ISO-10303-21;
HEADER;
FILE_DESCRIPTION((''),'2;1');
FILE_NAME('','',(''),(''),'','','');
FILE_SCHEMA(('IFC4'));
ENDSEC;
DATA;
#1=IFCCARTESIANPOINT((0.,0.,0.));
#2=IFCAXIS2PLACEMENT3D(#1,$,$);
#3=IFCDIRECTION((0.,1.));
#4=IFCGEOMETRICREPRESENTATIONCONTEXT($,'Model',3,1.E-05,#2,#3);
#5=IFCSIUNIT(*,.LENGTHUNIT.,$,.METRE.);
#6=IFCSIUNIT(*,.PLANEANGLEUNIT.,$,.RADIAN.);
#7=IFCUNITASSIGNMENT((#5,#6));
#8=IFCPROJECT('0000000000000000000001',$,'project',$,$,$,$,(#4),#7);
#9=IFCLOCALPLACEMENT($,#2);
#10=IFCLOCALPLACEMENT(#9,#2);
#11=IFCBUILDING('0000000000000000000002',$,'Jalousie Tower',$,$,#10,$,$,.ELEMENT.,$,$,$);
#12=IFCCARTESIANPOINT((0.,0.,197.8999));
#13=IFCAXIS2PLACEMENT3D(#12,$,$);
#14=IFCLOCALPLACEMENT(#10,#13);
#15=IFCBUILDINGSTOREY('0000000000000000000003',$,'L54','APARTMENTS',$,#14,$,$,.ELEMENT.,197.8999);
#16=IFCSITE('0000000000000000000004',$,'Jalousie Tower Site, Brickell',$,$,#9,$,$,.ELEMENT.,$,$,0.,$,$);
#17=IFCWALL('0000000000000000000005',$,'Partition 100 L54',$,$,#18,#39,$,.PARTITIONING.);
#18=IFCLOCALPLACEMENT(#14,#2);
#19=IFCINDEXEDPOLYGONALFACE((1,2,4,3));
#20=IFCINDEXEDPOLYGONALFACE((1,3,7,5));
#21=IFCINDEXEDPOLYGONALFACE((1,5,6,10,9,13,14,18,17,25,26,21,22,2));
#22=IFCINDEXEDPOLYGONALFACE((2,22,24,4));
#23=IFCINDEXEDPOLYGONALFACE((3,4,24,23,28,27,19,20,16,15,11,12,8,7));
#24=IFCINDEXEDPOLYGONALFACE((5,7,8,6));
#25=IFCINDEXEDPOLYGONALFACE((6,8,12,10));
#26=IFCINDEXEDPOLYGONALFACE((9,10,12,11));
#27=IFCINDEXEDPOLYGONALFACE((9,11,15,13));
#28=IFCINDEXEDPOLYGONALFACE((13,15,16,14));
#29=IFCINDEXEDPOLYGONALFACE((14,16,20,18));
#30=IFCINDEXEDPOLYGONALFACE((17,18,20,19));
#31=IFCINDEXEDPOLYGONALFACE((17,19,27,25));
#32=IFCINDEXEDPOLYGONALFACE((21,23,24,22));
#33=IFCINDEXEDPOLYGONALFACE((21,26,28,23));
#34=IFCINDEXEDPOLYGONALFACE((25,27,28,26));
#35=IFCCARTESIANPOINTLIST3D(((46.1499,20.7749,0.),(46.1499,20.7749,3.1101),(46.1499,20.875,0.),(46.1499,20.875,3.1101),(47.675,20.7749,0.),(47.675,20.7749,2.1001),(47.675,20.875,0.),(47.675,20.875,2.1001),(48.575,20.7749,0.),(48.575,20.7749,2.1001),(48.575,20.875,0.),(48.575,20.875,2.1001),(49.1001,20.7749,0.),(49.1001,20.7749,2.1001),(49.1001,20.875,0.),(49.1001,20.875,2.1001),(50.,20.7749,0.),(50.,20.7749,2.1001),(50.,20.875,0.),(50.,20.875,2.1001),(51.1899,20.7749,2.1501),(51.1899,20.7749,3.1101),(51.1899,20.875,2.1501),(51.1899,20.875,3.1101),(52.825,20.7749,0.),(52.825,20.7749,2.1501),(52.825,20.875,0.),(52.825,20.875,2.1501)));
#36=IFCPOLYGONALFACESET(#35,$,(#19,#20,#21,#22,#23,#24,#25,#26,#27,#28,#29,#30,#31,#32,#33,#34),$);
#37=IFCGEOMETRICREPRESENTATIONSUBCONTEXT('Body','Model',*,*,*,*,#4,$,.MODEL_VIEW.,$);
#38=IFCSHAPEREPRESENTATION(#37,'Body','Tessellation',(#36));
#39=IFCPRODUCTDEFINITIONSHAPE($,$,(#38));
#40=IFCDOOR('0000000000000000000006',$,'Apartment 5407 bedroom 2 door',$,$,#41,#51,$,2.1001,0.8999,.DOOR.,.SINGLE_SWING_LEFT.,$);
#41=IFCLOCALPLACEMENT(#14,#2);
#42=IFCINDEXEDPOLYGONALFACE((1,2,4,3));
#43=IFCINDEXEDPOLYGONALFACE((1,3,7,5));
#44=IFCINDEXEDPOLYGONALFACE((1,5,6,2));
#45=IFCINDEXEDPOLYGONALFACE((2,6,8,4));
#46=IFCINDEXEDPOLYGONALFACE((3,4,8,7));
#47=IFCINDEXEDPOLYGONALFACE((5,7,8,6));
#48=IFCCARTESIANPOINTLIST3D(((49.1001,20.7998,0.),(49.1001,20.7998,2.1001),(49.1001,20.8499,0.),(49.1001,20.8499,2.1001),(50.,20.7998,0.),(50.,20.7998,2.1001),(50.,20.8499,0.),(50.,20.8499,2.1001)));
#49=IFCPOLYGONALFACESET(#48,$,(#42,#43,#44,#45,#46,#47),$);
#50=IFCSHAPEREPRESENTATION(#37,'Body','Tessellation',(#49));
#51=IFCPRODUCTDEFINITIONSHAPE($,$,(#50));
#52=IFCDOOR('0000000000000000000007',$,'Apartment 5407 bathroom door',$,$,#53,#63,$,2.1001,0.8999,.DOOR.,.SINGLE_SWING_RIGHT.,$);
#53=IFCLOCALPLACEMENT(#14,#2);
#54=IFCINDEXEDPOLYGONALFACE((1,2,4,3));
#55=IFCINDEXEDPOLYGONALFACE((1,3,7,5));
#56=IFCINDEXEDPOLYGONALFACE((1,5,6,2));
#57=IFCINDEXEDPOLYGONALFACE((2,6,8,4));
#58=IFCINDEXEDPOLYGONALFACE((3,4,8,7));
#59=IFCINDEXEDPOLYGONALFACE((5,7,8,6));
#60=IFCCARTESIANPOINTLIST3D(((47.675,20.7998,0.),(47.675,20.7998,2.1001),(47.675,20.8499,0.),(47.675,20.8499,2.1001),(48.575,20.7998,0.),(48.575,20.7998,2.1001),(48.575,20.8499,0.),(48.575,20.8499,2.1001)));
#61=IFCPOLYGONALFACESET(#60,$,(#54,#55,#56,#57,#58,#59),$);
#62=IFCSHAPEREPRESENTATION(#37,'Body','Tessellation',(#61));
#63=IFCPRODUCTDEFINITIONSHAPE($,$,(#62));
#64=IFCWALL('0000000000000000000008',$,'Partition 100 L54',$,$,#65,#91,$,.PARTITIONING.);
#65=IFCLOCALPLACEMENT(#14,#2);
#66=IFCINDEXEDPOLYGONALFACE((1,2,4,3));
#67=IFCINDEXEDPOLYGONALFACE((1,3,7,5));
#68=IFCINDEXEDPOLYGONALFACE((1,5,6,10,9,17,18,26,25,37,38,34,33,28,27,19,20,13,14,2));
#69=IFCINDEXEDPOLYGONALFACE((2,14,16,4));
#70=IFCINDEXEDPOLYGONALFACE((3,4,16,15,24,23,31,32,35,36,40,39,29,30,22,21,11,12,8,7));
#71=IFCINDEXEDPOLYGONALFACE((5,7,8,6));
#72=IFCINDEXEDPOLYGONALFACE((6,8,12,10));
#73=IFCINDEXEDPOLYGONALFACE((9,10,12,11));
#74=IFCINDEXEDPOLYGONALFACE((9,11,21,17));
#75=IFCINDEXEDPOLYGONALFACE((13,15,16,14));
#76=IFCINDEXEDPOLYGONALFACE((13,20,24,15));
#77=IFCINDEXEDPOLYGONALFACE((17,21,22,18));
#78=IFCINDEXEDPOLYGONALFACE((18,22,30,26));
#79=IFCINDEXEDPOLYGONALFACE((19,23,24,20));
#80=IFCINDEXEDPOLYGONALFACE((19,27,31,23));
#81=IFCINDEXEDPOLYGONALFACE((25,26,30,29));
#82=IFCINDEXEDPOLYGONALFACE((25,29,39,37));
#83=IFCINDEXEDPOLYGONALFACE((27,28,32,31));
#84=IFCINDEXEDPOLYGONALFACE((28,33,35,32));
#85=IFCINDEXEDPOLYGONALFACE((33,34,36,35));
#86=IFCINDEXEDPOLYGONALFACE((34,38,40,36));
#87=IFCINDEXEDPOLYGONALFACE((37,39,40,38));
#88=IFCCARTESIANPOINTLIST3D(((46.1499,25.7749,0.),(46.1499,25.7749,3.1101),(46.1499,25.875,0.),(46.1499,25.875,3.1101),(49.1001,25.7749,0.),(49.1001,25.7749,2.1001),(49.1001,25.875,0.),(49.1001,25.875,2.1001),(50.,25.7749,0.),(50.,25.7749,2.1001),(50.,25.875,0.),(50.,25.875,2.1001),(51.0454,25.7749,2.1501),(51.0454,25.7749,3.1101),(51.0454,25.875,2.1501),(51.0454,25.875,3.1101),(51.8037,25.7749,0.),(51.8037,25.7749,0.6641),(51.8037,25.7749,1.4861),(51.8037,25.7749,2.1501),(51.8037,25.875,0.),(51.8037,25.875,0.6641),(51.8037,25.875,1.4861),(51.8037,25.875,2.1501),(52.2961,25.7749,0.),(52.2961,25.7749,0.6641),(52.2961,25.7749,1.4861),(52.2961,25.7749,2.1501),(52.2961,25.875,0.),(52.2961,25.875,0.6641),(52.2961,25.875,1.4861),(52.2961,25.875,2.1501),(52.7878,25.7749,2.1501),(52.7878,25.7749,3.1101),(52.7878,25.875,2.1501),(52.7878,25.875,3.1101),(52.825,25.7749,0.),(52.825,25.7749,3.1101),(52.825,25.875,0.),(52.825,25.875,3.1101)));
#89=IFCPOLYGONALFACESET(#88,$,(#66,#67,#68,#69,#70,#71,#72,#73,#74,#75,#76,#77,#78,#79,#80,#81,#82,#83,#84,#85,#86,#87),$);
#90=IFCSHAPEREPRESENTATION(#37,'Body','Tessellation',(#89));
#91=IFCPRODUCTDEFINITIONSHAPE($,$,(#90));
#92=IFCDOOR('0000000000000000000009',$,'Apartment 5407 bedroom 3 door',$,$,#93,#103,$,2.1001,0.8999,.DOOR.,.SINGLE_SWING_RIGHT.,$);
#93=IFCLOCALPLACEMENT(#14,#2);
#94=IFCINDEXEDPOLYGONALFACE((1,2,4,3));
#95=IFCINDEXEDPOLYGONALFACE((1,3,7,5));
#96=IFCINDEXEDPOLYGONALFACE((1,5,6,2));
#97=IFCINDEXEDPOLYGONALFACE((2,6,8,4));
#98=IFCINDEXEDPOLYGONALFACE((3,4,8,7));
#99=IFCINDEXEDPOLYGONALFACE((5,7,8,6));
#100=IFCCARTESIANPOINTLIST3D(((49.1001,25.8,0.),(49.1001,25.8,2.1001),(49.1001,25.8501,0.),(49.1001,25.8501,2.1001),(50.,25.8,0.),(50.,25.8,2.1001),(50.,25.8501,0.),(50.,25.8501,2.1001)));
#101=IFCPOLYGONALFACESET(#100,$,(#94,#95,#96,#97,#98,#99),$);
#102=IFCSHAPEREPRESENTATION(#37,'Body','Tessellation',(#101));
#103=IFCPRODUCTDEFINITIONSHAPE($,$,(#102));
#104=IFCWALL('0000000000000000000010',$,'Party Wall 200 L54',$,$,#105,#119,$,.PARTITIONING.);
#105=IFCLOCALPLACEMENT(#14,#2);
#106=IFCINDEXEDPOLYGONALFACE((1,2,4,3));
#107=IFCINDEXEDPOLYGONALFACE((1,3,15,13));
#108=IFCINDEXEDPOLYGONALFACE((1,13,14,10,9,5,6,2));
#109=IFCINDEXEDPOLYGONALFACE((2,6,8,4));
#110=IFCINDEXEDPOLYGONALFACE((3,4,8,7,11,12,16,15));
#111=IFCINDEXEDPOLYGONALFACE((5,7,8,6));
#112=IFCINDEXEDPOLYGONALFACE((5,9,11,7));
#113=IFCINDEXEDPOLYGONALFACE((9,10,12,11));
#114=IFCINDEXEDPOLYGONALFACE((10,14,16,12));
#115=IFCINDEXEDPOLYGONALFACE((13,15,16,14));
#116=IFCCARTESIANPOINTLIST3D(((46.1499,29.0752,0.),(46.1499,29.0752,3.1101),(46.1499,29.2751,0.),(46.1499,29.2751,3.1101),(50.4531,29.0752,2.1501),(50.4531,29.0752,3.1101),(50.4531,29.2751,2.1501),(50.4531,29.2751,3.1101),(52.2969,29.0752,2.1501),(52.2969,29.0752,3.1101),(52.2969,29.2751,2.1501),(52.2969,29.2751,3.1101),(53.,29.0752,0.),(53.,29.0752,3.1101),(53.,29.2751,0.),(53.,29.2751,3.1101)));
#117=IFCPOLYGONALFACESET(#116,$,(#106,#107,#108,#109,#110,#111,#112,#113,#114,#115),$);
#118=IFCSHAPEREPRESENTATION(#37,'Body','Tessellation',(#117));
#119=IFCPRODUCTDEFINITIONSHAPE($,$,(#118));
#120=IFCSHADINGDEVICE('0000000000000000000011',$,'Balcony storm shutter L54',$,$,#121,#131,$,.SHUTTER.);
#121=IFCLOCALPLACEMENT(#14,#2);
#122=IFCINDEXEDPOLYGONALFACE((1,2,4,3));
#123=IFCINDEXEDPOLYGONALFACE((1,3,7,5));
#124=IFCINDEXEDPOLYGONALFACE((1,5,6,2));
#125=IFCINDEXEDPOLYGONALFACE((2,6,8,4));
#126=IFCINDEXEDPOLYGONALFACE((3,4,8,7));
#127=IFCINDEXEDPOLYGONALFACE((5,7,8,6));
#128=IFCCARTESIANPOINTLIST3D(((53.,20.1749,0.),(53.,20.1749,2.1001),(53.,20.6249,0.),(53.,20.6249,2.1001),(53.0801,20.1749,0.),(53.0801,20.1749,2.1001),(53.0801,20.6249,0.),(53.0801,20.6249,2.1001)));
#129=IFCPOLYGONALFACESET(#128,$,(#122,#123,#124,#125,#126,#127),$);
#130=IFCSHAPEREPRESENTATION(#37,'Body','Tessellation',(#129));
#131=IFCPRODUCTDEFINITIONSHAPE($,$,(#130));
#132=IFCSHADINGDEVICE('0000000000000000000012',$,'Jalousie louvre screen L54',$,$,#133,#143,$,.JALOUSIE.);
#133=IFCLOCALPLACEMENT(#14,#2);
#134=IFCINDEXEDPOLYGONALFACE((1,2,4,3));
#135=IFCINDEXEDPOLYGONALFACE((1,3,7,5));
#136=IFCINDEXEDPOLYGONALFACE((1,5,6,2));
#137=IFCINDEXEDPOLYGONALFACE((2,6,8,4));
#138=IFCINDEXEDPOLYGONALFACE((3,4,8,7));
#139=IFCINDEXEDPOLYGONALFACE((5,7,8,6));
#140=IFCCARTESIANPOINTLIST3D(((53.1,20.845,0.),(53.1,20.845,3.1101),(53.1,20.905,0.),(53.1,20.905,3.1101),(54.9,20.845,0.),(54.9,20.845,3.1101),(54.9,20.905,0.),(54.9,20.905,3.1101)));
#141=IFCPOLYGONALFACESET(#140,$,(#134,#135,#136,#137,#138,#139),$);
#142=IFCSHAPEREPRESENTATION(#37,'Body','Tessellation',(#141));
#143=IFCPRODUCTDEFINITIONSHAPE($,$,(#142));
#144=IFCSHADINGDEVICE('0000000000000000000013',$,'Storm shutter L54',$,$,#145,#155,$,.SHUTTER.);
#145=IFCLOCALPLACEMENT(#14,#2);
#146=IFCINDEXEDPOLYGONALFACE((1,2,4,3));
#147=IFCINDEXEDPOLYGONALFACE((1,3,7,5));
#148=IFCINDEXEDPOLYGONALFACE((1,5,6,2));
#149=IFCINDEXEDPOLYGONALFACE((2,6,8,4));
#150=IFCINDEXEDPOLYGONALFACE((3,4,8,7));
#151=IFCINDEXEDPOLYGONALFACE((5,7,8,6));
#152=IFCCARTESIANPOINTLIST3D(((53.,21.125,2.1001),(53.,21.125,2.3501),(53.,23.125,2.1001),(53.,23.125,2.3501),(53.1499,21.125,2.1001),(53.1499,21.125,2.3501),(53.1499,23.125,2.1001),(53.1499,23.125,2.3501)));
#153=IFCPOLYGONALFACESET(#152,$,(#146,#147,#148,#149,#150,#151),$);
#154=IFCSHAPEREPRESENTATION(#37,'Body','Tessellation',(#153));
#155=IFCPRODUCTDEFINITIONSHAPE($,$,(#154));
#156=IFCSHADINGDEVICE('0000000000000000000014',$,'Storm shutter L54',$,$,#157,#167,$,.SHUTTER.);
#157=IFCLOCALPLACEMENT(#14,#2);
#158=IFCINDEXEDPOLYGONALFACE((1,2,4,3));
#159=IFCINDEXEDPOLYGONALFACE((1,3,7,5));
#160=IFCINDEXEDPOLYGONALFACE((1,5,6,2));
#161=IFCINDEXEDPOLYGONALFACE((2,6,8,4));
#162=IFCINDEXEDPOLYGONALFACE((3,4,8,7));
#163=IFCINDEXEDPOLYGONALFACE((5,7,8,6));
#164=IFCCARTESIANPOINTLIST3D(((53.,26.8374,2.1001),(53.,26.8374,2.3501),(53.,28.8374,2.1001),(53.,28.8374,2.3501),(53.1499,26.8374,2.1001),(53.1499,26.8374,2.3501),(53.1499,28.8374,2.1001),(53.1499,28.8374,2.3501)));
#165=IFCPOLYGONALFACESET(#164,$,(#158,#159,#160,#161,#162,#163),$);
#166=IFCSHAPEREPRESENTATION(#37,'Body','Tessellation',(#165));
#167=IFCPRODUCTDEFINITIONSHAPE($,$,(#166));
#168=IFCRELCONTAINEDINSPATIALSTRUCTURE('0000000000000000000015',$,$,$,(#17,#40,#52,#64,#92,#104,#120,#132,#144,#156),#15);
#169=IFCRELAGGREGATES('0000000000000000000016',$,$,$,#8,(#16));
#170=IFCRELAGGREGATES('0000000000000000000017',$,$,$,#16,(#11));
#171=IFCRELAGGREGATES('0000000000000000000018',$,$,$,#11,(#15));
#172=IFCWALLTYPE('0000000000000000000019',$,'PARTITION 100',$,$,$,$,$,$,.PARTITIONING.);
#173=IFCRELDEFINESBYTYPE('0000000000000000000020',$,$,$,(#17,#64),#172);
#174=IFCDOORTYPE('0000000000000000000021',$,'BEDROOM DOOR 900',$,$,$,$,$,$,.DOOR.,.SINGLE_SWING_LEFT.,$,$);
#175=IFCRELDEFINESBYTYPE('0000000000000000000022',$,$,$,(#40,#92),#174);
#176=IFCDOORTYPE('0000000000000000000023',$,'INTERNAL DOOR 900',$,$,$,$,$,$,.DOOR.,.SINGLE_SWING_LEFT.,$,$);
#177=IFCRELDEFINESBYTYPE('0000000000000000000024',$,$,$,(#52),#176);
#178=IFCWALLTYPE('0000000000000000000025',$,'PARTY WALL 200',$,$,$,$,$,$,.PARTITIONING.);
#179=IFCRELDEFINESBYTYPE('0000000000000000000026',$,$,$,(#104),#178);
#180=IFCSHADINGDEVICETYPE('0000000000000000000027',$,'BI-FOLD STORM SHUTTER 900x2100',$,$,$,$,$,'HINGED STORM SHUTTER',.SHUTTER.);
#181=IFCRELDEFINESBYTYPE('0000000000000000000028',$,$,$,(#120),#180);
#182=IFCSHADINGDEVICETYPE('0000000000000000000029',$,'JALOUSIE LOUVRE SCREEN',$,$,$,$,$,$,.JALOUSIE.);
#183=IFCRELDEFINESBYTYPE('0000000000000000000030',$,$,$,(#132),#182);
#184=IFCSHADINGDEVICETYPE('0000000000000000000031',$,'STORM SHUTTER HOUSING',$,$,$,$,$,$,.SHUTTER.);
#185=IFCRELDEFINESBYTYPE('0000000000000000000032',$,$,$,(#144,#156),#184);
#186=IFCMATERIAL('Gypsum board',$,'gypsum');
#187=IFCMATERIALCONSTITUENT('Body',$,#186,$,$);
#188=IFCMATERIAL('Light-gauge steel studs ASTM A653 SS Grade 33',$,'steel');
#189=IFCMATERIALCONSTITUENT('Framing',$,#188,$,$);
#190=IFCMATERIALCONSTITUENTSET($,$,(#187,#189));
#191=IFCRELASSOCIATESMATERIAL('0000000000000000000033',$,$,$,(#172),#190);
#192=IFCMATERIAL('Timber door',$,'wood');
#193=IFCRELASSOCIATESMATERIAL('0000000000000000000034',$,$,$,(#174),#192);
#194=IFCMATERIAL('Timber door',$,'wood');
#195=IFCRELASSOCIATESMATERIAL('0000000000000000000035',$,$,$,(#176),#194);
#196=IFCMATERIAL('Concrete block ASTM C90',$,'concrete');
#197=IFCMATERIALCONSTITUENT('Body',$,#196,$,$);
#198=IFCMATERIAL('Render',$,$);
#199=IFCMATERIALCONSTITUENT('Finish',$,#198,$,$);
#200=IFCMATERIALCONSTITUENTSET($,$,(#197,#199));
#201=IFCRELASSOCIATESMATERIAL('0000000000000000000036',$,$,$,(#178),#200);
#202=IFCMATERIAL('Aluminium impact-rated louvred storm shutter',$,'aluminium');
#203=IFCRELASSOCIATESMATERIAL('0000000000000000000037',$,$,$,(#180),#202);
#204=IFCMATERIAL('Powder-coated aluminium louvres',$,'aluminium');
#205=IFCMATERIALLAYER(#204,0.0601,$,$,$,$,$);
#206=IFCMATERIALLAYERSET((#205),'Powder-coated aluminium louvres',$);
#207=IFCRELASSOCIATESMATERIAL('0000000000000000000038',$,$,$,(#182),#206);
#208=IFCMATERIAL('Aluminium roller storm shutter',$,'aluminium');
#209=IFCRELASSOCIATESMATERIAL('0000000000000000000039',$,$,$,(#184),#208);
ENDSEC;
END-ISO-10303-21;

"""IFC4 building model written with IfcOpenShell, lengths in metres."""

from ifc_helpers import new_model, si_unit, direction, frame, frame_2d, origin, origin_2d, place, context, subcontext, project, spatial, polyline, rectangle, outline, extrude, material, layer, layer_set, constituent, constituent_set, type_object, element, fill, save


model = new_model("IFC4")

# Units and contexts
model_context = context("Model", 3, precision=1e-05, world=origin(), true_north=direction((0.0, 1.0)))
body_context = subcontext(model_context, "Body", "Model", "MODEL_VIEW")
ifc_project = project(units=[si_unit("LENGTHUNIT", "METRE"), si_unit("PLANEANGLEUNIT", "RADIAN")], contexts=[model_context])

# Site, building, storey
site_placement = place(None, origin())
site = spatial("IfcSite", under=ifc_project, at=site_placement, Name="Jalousie Tower Site, Brickell", CompositionType="ELEMENT", RefElevation=0.0)
building_placement = place(site_placement, origin())
building = spatial("IfcBuilding", under=site, at=building_placement, Name="Jalousie Tower", CompositionType="ELEMENT")
storey_placement = place(building_placement, frame((0.0, 0.0, 197.8999)))
storey = spatial("IfcBuildingStorey", under=building, at=storey_placement, Name="L54", Description="APARTMENTS", CompositionType="ELEMENT", Elevation=197.8999)

# Wall, openings, doors
ifc_material_1 = material(Name="Gypsum board", Category="gypsum")
ifc_constituent_1 = constituent(ifc_material_1, Name="Body")
ifc_material_2 = material(Name="Light-gauge steel studs ASTM A653 SS Grade 33", Category="steel")
ifc_constituent_2 = constituent(ifc_material_2, Name="Framing")
ifc_constituent_set_1 = constituent_set(constituents=[ifc_constituent_1, ifc_constituent_2])
wall_type_1 = type_object("IfcWallType", Name="PARTITION 100", PredefinedType="PARTITIONING", material=ifc_constituent_set_1)
wall_1_placement = place(storey_placement, frame((52.825, 20.825, 0.0), z_axis=(0.0, 0.0, 1.0), x_axis=(-1.0, 0.0, 0.0)))
wall_1 = element("IfcWall", 1, at=wall_1_placement, inside=storey, type_object=wall_type_1, Name="Partition 100 L54", PredefinedType="PARTITIONING", context=body_context, shape_type="SweptSolid", body=[
    extrude(outline(polyline([(0.0, 0.0), (6.675, 0.0), (6.675, 3.1101), (1.635, 3.1101), (1.635, 2.1501), (0.0, 2.1501), (0.0, 3.1101), (0.0, 0.0)])), frame((0.0, 0.05, 0.0), z_axis=(0.0, -1.0, 0.0), x_axis=(1.0, 0.0, 0.0)), (0.0, 0.0, 1.0), 0.1001),
])
opening_1_placement = place(wall_1_placement, frame((2.825, 0.0, 0.0)))
opening_1 = element("IfcOpeningElement", 2, at=opening_1_placement, cuts=wall_1, PredefinedType="OPENING", context=body_context, shape_type="SweptSolid", body=[
    extrude(rectangle(XDim=0.8999, YDim=2.1001, at=frame_2d((0.45, 1.05))), frame((0.0, 0.0601, 0.0), z_axis=(0.0, -1.0, 0.0), x_axis=(1.0, 0.0, 0.0)), (0.0, 0.0, 1.0), 0.1201),
])
opening_2_placement = place(wall_1_placement, frame((4.25, 0.0, 0.0)))
opening_2 = element("IfcOpeningElement", 3, at=opening_2_placement, cuts=wall_1, PredefinedType="OPENING", context=body_context, shape_type="SweptSolid", body=[
    extrude(rectangle(XDim=0.8999, YDim=2.1001, at=frame_2d((0.45, 1.05))), frame((0.0, 0.0601, 0.0), z_axis=(0.0, -1.0, 0.0), x_axis=(1.0, 0.0, 0.0)), (0.0, 0.0, 1.0), 0.1201),
])
ifc_material_3 = material(Name="Timber door", Category="wood")
door_type_1 = type_object("IfcDoorType", Name="BEDROOM DOOR 900", OperationType="SINGLE_SWING_LEFT", PredefinedType="DOOR", material=ifc_material_3)
door_1_placement = place(opening_1_placement, frame((0.8999, 0.0, 0.0), z_axis=(0.0, 0.0, 1.0), x_axis=(-1.0, 0.0, 0.0)))
door_1 = element("IfcDoor", 4, at=door_1_placement, inside=storey, type_object=door_type_1, Name="Apartment 5407 bedroom 2 door", OperationType="SINGLE_SWING_LEFT", OverallHeight=2.1001, OverallWidth=0.8999, PredefinedType="DOOR", context=body_context, shape_type="SweptSolid", body=[
    extrude(rectangle(XDim=0.8999, YDim=2.1001, at=frame_2d((0.45, 1.05))), frame((0.0, 0.0249, 0.0), z_axis=(0.0, -1.0, 0.0), x_axis=(1.0, 0.0, 0.0)), (0.0, 0.0, 1.0), 0.05),
])
fill(opening_1, door_1)
ifc_material_4 = material(Name="Timber door", Category="wood")
door_type_2 = type_object("IfcDoorType", Name="INTERNAL DOOR 900", OperationType="SINGLE_SWING_LEFT", PredefinedType="DOOR", material=ifc_material_4)
door_2_placement = place(opening_2_placement, frame((0.8999, 0.0, 0.0), z_axis=(0.0, 0.0, 1.0), x_axis=(-1.0, 0.0, 0.0)))
door_2 = element("IfcDoor", 5, at=door_2_placement, inside=storey, type_object=door_type_2, Name="Apartment 5407 bathroom door", OperationType="SINGLE_SWING_RIGHT", OverallHeight=2.1001, OverallWidth=0.8999, PredefinedType="DOOR", context=body_context, shape_type="SweptSolid", body=[
    extrude(rectangle(XDim=0.8999, YDim=2.1001, at=frame_2d((0.45, 1.05))), frame((0.0, 0.0249, 0.0), z_axis=(0.0, -1.0, 0.0), x_axis=(1.0, 0.0, 0.0)), (0.0, 0.0, 1.0), 0.05),
])
fill(opening_2, door_2)

# Wall, opening, door
wall_2_placement = place(storey_placement, frame((52.825, 25.825, 0.0), z_axis=(0.0, 0.0, 1.0), x_axis=(-1.0, 0.0, 0.0)))
wall_2 = element("IfcWall", 6, at=wall_2_placement, inside=storey, type_object=wall_type_1, Name="Partition 100 L54", PredefinedType="PARTITIONING", context=body_context, shape_type="SweptSolid", body=[
    extrude(outline(polyline([(0.0371, 3.1101), (0.0, 3.1101), (0.0, 0.0), (0.5288, 0.0), (0.5288, 0.6641), (1.0212, 0.6641), (1.0212, 0.0), (6.675, 0.0), (6.675, 3.1101), (1.7795, 3.1101), (1.7795, 2.1501), (1.0212, 2.1501), (1.0212, 1.4861), (0.5288, 1.4861), (0.5288, 2.1501), (0.0371, 2.1501), (0.0371, 3.1101)])), frame((0.0, 0.05, 0.0), z_axis=(0.0, -1.0, 0.0), x_axis=(1.0, 0.0, 0.0)), (0.0, 0.0, 1.0), 0.1001),
])
opening_3_placement = place(wall_2_placement, frame((2.825, 0.0, 0.0)))
opening_3 = element("IfcOpeningElement", 7, at=opening_3_placement, cuts=wall_2, PredefinedType="OPENING", context=body_context, shape_type="SweptSolid", body=[
    extrude(rectangle(XDim=0.8999, YDim=2.1001, at=frame_2d((0.45, 1.05))), frame((0.0, 0.0601, 0.0), z_axis=(0.0, -1.0, 0.0), x_axis=(1.0, 0.0, 0.0)), (0.0, 0.0, 1.0), 0.1201),
])
door_3_placement = place(opening_3_placement, origin())
door_3 = element("IfcDoor", 8, at=door_3_placement, inside=storey, type_object=door_type_1, Name="Apartment 5407 bedroom 3 door", OperationType="SINGLE_SWING_RIGHT", OverallHeight=2.1001, OverallWidth=0.8999, PredefinedType="DOOR", context=body_context, shape_type="SweptSolid", body=[
    extrude(rectangle(XDim=0.8999, YDim=2.1001, at=frame_2d((0.45, 1.05))), frame((0.0, 0.0249, 0.0), z_axis=(0.0, -1.0, 0.0), x_axis=(1.0, 0.0, 0.0)), (0.0, 0.0, 1.0), 0.05),
])
fill(opening_3, door_3)

# Wall
ifc_material_5 = material(Name="Concrete block ASTM C90", Category="concrete")
ifc_constituent_3 = constituent(ifc_material_5, Name="Body")
ifc_material_6 = material(Name="Render")
ifc_constituent_4 = constituent(ifc_material_6, Name="Finish")
ifc_constituent_set_2 = constituent_set(constituents=[ifc_constituent_3, ifc_constituent_4])
wall_type_2 = type_object("IfcWallType", Name="PARTY WALL 200", PredefinedType="PARTITIONING", material=ifc_constituent_set_2)
wall_3_placement = place(storey_placement, frame((46.1499, 29.175, 0.0), z_axis=(0.0, 0.0, 1.0), x_axis=(1.0, 0.0, 0.0)))
element("IfcWall", 9, at=wall_3_placement, inside=storey, type_object=wall_type_2, Name="Party Wall 200 L54", PredefinedType="PARTITIONING", context=body_context, shape_type="SweptSolid", body=[
    extrude(outline(polyline([(0.0, 0.0), (6.8501, 0.0), (6.8501, 3.1101), (6.147, 3.1101), (6.147, 2.1501), (4.3032, 2.1501), (4.3032, 3.1101), (0.0, 3.1101), (0.0, 0.0)])), frame((0.0, 0.1001, 0.0), z_axis=(0.0, -1.0, 0.0), x_axis=(1.0, 0.0, 0.0)), (0.0, 0.0, 1.0), 0.2),
])

# Shading devices
ifc_material_7 = material(Name="Aluminium impact-rated louvred storm shutter", Category="aluminium")
shading_device_type_1 = type_object("IfcShadingDeviceType", Name="BI-FOLD STORM SHUTTER 900x2100", ElementType="HINGED STORM SHUTTER", PredefinedType="SHUTTER", material=ifc_material_7)
shading_device_1_placement = place(storey_placement, frame((53.04, 20.3999, 0.0), z_axis=(0.0, 0.0, 1.0), x_axis=(0.0, 1.0, 0.0)))
element("IfcShadingDevice", 10, at=shading_device_1_placement, inside=storey, type_object=shading_device_type_1, Name="Balcony storm shutter L54", PredefinedType="SHUTTER", context=body_context, shape_type="SweptSolid", body=[
    extrude(rectangle(XDim=0.45, YDim=0.0801, at=origin_2d()), origin(), (0.0, 0.0, 1.0), 2.1001),
])
ifc_material_8 = material(Name="Powder-coated aluminium louvres", Category="aluminium")
ifc_layer_1 = layer(ifc_material_8, 0.0601)
ifc_layer_set_1 = layer_set([ifc_layer_1], Name="Powder-coated aluminium louvres")
shading_device_type_2 = type_object("IfcShadingDeviceType", Name="JALOUSIE LOUVRE SCREEN", PredefinedType="JALOUSIE", material=ifc_layer_set_1)
shading_device_2_placement = place(storey_placement, frame((54.0, 20.875, 0.0), z_axis=(0.0, 0.0, 1.0), x_axis=(0.0, 1.0, 0.0)))
element("IfcShadingDevice", 11, at=shading_device_2_placement, inside=storey, type_object=shading_device_type_2, Name="Jalousie louvre screen L54", PredefinedType="JALOUSIE", context=body_context, shape_type="SweptSolid", body=[
    extrude(rectangle(XDim=0.0601, YDim=1.8, at=origin_2d()), origin(), (0.0, 0.0, 1.0), 3.1101),
])
ifc_material_9 = material(Name="Aluminium roller storm shutter", Category="aluminium")
shading_device_type_3 = type_object("IfcShadingDeviceType", Name="STORM SHUTTER HOUSING", PredefinedType="SHUTTER", material=ifc_material_9)
for number, where, z_axis, x_axis, name in (
    (12, (53.075, 22.125, 2.1001), (0.0, 0.0, 1.0), (0.0, 1.0, 0.0), "Storm shutter L54"),
    (13, (53.075, 27.8374, 2.1001), (0.0, 0.0, 1.0), (0.0, 1.0, 0.0), "Storm shutter L54"),
):
    element("IfcShadingDevice", number, at=place(storey_placement, frame(where, z_axis=z_axis, x_axis=x_axis)), inside=storey, type_object=shading_device_type_3, Name=name, PredefinedType="SHUTTER", context=body_context, shape_type="SweptSolid", body=[
        extrude(rectangle(XDim=2.0, YDim=0.1499, at=origin_2d()), origin(), (0.0, 0.0, 1.0), 0.25),
    ])

save(model, "model.ifc")
